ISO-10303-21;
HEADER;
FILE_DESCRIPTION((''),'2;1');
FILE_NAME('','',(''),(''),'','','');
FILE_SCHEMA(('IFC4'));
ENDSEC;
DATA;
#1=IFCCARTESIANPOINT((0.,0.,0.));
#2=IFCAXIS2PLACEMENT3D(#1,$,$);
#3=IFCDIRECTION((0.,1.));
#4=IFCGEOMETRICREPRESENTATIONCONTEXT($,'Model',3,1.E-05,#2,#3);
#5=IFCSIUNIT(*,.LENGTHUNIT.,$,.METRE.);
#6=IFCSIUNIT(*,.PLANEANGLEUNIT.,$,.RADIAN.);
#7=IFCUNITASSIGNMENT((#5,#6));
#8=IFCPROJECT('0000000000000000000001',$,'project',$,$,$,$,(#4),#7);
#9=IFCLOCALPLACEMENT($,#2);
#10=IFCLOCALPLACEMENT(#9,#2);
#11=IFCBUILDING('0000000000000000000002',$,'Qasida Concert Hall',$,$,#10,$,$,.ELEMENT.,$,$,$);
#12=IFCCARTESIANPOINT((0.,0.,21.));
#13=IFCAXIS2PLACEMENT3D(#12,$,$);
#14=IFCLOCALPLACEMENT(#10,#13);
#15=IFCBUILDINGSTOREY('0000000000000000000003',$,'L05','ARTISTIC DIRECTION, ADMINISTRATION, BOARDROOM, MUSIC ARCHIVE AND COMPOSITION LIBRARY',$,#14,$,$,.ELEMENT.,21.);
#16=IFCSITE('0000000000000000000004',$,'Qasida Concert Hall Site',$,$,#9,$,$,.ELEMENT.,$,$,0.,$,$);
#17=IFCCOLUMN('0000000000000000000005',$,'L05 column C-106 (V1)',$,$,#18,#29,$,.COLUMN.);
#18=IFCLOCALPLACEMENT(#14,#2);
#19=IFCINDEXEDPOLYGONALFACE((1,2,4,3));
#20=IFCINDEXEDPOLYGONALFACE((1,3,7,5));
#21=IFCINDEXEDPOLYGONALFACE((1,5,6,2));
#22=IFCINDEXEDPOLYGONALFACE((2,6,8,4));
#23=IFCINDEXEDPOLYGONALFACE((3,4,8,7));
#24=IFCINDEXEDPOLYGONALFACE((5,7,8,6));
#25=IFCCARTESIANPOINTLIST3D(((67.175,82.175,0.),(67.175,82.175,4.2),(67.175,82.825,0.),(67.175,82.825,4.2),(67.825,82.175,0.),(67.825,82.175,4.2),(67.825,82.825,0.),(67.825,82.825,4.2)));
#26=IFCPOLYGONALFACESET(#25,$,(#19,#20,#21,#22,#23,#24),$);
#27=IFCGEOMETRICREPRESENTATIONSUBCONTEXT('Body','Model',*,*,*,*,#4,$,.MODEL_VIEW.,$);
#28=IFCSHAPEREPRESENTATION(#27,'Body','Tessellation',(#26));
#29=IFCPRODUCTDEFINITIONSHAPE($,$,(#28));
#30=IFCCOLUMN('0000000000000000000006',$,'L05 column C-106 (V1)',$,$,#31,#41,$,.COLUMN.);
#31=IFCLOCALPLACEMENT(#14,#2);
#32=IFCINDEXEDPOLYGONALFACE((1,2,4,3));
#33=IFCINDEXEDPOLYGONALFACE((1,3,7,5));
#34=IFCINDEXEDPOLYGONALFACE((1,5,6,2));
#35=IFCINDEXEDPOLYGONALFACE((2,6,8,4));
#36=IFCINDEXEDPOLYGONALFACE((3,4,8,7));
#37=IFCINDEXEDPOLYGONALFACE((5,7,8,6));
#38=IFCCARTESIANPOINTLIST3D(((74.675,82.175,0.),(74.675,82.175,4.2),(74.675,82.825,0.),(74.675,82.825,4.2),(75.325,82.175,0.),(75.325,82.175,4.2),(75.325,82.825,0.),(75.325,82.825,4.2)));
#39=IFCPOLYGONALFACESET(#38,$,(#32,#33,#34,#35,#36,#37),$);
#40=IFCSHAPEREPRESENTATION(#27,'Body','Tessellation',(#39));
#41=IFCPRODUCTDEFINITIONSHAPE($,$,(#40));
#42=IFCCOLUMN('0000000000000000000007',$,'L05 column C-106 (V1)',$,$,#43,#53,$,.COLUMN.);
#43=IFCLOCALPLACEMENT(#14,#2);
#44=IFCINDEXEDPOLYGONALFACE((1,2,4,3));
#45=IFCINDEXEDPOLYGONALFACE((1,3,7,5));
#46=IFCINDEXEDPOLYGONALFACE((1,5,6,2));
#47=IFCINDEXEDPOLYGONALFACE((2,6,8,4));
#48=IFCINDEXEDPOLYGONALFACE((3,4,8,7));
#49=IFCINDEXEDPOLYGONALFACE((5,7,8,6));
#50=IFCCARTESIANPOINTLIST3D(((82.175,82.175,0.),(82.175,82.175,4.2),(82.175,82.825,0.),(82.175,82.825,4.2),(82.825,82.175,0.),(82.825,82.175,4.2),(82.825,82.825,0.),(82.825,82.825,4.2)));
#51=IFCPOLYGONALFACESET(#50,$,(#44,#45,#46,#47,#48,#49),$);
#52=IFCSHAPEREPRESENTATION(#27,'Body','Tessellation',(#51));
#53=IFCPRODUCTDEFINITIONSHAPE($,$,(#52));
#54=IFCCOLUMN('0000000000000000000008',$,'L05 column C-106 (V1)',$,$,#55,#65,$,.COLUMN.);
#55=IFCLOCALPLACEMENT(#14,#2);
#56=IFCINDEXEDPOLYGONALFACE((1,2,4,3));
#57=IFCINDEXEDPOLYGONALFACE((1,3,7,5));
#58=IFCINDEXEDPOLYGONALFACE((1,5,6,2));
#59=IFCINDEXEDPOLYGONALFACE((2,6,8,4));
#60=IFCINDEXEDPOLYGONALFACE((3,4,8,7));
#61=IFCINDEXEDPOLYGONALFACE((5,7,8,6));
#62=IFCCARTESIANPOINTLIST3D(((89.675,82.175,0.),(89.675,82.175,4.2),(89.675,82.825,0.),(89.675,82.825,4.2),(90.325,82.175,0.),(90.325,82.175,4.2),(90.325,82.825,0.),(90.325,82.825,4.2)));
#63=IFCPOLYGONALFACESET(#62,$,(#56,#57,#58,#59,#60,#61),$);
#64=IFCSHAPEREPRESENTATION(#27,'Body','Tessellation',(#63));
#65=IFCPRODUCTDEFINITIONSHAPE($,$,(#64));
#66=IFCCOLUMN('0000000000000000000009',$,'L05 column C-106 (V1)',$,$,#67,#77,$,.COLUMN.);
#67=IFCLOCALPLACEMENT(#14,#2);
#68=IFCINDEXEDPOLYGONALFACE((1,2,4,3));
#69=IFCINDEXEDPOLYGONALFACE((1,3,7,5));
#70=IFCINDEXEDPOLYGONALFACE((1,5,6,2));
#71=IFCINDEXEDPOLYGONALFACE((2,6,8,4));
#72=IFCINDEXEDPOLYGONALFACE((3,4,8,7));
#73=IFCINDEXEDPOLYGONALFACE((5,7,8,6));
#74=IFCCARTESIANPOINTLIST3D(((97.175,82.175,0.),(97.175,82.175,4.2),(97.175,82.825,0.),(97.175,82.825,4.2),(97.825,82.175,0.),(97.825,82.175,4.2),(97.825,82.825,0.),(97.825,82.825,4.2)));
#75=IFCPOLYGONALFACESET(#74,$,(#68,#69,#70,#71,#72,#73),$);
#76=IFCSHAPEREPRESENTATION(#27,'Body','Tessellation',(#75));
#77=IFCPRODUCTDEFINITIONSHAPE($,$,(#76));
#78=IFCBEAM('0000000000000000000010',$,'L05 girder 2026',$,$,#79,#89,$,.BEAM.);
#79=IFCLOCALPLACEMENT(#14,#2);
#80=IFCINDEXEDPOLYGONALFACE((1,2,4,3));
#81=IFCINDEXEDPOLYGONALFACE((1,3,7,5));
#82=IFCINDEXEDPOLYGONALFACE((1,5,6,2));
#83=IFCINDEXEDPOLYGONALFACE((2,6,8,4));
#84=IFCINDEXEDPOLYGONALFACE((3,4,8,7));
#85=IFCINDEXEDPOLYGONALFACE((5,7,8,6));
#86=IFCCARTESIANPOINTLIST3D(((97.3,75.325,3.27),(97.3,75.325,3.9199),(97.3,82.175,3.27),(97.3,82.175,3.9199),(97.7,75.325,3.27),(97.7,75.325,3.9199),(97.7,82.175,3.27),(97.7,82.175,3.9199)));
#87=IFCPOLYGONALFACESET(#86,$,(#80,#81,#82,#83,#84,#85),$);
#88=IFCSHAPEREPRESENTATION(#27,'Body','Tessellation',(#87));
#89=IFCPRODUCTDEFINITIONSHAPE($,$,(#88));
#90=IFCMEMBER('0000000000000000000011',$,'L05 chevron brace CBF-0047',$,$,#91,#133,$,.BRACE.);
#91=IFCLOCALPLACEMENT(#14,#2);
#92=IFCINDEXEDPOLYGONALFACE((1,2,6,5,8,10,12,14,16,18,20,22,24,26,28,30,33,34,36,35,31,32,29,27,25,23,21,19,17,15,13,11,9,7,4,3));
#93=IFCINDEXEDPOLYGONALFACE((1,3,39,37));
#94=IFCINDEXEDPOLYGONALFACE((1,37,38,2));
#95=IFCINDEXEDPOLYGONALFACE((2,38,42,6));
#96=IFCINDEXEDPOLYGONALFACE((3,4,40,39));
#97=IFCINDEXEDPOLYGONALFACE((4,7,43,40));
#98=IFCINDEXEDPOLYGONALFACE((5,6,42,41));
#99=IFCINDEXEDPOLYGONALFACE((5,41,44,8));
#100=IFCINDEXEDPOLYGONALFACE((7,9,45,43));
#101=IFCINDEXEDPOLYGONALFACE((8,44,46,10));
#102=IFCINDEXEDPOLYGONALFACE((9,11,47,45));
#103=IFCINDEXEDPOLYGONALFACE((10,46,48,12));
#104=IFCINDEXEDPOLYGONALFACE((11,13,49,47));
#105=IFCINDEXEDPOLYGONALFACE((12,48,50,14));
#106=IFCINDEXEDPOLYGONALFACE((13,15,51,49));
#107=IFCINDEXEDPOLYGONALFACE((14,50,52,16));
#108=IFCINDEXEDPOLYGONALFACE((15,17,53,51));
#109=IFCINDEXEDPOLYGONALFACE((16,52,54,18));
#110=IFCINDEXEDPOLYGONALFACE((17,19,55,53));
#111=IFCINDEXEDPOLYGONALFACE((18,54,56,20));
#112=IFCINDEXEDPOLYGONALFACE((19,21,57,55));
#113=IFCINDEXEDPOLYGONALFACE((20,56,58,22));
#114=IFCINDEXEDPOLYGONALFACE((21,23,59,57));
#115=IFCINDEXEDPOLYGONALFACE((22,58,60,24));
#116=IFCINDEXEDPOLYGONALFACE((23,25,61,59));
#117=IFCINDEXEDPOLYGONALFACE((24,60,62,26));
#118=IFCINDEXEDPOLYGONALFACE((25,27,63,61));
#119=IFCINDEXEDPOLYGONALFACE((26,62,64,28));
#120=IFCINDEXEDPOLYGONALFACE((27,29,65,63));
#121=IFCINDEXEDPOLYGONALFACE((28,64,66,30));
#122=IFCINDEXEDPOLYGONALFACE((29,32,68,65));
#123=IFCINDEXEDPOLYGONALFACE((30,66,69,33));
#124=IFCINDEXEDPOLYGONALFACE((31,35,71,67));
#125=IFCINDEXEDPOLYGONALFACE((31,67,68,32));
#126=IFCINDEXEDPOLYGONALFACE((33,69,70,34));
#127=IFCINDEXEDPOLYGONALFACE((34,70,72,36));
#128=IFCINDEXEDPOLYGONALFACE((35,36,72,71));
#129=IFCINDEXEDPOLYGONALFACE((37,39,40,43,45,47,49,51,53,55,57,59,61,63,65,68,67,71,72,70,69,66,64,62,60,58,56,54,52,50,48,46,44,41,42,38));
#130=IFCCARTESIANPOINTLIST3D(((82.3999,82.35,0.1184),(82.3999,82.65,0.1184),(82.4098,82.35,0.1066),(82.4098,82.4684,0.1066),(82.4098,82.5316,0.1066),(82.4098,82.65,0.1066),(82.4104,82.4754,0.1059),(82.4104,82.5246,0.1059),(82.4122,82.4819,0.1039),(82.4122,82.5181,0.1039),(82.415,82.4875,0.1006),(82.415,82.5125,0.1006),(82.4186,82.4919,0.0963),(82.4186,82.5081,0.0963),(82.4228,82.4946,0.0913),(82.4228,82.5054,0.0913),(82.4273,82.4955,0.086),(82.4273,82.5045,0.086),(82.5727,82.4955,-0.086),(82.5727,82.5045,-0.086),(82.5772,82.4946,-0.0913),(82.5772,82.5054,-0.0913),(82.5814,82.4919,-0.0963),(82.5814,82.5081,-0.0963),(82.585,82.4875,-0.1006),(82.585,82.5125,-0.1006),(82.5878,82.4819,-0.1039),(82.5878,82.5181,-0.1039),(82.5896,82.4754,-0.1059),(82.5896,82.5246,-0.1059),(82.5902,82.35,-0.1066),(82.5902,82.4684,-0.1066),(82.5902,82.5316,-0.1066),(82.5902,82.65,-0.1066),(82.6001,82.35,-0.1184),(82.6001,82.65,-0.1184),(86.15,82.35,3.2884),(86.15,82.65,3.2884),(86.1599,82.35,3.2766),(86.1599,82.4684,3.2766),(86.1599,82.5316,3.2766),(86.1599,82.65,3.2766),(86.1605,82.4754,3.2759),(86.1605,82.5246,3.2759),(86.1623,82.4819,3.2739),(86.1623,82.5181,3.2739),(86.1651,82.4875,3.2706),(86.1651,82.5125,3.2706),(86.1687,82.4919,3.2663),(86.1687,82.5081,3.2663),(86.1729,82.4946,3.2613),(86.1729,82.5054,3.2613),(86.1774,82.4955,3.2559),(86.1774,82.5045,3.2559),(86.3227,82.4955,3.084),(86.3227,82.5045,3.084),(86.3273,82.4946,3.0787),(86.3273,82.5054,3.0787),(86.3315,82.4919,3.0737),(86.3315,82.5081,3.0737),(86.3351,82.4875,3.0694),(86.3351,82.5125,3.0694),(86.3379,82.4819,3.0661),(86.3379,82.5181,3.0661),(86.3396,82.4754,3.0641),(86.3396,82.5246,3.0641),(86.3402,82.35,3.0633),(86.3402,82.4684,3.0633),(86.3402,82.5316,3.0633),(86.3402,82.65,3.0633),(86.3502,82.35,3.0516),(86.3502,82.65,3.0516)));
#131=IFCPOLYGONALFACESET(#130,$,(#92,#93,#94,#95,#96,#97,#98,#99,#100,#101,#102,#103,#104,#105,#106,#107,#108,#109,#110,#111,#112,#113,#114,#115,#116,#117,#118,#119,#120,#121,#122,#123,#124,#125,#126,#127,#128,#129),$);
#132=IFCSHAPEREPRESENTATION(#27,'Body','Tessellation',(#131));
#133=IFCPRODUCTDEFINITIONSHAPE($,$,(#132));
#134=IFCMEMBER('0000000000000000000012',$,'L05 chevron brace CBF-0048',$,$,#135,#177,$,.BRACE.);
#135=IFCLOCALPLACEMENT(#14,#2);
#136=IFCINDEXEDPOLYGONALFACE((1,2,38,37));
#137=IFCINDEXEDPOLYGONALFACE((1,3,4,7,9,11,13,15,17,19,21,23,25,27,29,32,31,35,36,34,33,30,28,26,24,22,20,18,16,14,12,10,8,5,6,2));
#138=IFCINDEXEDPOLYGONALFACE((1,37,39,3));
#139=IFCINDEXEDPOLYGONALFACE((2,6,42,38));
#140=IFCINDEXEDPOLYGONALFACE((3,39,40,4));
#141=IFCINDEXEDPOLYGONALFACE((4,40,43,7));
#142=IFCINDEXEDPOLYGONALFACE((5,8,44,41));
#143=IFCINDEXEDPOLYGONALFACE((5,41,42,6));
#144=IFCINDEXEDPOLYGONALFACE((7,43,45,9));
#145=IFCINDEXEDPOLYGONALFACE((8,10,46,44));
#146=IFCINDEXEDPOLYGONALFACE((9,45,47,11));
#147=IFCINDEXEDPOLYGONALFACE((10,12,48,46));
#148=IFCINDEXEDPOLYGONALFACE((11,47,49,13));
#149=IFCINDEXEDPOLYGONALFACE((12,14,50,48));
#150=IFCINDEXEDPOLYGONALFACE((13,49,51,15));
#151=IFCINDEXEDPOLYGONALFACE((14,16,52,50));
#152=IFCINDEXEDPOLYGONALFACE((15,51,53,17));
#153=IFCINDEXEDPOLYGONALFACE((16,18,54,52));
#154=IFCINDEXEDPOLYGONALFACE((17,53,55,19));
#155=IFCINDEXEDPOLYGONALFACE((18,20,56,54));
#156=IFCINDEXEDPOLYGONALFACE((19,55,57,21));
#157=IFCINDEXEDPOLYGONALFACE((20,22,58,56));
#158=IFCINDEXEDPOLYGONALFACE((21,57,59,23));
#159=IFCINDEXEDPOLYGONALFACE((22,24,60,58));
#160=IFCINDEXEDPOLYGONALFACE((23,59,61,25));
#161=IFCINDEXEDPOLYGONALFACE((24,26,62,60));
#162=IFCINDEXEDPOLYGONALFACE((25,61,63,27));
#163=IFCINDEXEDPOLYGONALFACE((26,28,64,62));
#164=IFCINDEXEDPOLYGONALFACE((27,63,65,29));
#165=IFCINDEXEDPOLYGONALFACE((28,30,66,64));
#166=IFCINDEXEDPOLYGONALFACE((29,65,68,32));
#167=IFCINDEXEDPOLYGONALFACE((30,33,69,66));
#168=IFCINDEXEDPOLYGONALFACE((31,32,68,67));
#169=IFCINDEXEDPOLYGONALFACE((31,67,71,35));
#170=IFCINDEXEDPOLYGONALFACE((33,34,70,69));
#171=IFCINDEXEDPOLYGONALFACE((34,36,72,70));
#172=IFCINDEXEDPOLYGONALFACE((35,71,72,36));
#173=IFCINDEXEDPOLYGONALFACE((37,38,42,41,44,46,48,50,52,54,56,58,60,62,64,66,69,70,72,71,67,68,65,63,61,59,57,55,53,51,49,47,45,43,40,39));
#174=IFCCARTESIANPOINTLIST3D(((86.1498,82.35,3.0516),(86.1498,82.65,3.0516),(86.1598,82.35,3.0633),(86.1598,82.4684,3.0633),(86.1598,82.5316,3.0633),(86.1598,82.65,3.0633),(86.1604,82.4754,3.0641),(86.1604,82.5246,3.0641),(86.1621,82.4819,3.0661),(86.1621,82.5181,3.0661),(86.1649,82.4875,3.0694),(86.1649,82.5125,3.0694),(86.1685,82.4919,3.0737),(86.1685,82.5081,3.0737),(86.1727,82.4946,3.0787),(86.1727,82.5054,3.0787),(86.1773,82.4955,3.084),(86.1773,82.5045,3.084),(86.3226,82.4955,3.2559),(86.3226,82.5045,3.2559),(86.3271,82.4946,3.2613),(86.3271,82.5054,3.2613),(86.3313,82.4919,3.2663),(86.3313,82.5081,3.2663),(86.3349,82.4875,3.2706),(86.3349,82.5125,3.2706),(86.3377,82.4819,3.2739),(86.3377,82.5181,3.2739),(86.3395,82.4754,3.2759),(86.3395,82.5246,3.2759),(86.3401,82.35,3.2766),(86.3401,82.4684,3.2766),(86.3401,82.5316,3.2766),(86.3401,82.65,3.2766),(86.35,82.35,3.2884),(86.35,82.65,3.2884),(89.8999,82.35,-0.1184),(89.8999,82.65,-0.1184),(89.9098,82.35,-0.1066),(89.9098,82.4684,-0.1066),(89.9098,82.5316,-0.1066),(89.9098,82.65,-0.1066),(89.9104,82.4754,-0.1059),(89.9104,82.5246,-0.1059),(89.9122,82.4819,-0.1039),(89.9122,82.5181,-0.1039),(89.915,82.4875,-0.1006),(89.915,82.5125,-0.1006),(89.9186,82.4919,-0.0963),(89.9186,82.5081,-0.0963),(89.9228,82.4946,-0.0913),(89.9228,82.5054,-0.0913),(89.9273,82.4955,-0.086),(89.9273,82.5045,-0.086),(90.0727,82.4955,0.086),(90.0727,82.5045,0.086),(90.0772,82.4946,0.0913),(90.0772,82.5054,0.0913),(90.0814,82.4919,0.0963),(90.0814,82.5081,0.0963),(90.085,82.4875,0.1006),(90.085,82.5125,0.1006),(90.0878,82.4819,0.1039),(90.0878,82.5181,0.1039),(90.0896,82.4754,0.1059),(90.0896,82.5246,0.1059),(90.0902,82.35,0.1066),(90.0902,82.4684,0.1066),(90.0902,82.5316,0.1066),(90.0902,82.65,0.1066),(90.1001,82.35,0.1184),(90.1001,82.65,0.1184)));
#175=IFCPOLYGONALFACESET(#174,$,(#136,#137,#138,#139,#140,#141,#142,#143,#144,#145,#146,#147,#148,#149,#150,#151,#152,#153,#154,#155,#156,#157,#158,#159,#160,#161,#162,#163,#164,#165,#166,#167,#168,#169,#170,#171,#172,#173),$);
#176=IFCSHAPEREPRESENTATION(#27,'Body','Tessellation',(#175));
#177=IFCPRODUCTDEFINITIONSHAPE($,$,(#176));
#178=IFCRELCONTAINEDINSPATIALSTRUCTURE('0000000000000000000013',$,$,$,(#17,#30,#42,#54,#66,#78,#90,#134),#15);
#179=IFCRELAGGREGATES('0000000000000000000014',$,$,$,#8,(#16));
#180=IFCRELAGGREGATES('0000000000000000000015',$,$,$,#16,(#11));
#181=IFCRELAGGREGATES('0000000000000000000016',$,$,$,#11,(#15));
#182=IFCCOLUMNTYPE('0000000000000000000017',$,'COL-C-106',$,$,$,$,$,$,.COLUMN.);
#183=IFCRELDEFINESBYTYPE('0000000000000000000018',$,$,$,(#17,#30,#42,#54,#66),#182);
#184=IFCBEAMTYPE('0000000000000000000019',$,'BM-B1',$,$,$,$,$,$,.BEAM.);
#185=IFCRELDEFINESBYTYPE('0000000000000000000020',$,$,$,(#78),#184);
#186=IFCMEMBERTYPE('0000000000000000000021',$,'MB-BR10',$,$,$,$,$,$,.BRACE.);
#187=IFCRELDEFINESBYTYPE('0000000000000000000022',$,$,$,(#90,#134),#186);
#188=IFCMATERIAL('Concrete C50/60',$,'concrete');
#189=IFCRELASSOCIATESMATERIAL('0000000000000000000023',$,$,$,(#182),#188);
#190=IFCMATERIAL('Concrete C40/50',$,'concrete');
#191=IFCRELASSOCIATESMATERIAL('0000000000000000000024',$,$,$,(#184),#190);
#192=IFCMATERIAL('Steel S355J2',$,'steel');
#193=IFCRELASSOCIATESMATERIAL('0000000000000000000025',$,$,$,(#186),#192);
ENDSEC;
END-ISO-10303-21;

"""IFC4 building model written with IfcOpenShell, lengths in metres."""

from ifc_helpers import new_model, si_unit, direction, frame, origin, origin_2d, place, context, subcontext, project, spatial, rectangle, i_section, extrude, material, material_profile, profile_set, type_object, element, save


model = new_model("IFC4")

# Units and contexts
model_context = context("Model", 3, precision=1e-05, world=origin(), true_north=direction((0.0, 1.0)))
body_context = subcontext(model_context, "Body", "Model", "MODEL_VIEW")
ifc_project = project(units=[si_unit("LENGTHUNIT", "METRE"), si_unit("PLANEANGLEUNIT", "RADIAN")], contexts=[model_context])

# Site, building, storey
site_placement = place(None, origin())
site = spatial("IfcSite", under=ifc_project, at=site_placement, Name="Qasida Concert Hall Site", CompositionType="ELEMENT", RefElevation=0.0)
building_placement = place(site_placement, origin())
building = spatial("IfcBuilding", under=site, at=building_placement, Name="Qasida Concert Hall", CompositionType="ELEMENT")
storey_placement = place(building_placement, frame((0.0, 0.0, 21.0)))
storey = spatial("IfcBuildingStorey", under=building, at=storey_placement, Name="L05", Description="ARTISTIC DIRECTION, ADMINISTRATION, BOARDROOM, MUSIC ARCHIVE AND COMPOSITION LIBRARY", CompositionType="ELEMENT", Elevation=21.0)

# Columns
ifc_material_1 = material(Name="Concrete C50/60", Category="concrete")
ifc_material_profile_1 = material_profile(ifc_material_1, rectangle(XDim=0.6499, YDim=0.6499, at=origin_2d()), Name="RC 650x650")
ifc_profile_set_1 = profile_set([ifc_material_profile_1], Name="Concrete C50/60")
column_type = type_object("IfcColumnType", Name="COL-C-106", PredefinedType="COLUMN", material=ifc_profile_set_1)
for number, where, z_axis, x_axis, name in (
    (1, (67.5, 82.5, 0.0), (0.0, 0.0, 1.0), (1.0, 0.0, 0.0), "L05 column C-106 (V1)"),
    (2, (75.0, 82.5, 0.0), (0.0, 0.0, 1.0), (1.0, 0.0, 0.0), "L05 column C-106 (V1)"),
    (3, (82.5, 82.5, 0.0), (0.0, 0.0, 1.0), (1.0, 0.0, 0.0), "L05 column C-106 (V1)"),
    (4, (90.0, 82.5, 0.0), (0.0, 0.0, 1.0), (1.0, 0.0, 0.0), "L05 column C-106 (V1)"),
    (5, (97.5, 82.5, 0.0), (0.0, 0.0, 1.0), (1.0, 0.0, 0.0), "L05 column C-106 (V1)"),
):
    element("IfcColumn", number, at=place(storey_placement, frame(where, z_axis=z_axis, x_axis=x_axis)), inside=storey, type_object=column_type, Name=name, PredefinedType="COLUMN", context=body_context, shape_type="SweptSolid", body=[
        extrude(rectangle(XDim=0.6499, YDim=0.6499, at=origin_2d()), origin(), (0.0, 0.0, 1.0), 4.2),
    ])

# Beam
ifc_material_2 = material(Name="Concrete C40/50", Category="concrete")
ifc_material_profile_2 = material_profile(ifc_material_2, rectangle(XDim=0.3999, YDim=0.6499, at=origin_2d()), Name="RC 400x650")
ifc_profile_set_2 = profile_set([ifc_material_profile_2], Name="Concrete C40/50")
beam_type = type_object("IfcBeamType", Name="BM-B1", PredefinedType="BEAM", material=ifc_profile_set_2)
beam_placement = place(storey_placement, frame((97.5, 75.325, 3.595), z_axis=(0.0, 1.0, 0.0), x_axis=(-1.0, 0.0, 0.0)))
element("IfcBeam", 6, at=beam_placement, inside=storey, type_object=beam_type, Name="L05 girder 2026", PredefinedType="BEAM", context=body_context, shape_type="SweptSolid", body=[
    extrude(rectangle(XDim=0.3999, YDim=0.6499, at=origin_2d()), origin(), (0.0, 0.0, 1.0), 6.8501),
])

# Members
ifc_material_3 = material(Name="Steel S355J2", Category="steel")
ifc_material_profile_3 = material_profile(ifc_material_3, i_section(OverallWidth=0.3, OverallDepth=0.3101, WebThickness=0.009, FlangeThickness=0.0154, FilletRadius=0.0271, at=origin_2d()), Name="HEA 320")
ifc_profile_set_3 = profile_set([ifc_material_profile_3], Name="Steel S355J2")
member_type_1 = type_object("IfcMemberType", Name="MB-BR10", PredefinedType="BRACE", material=ifc_profile_set_3)
for number, where, z_axis, x_axis, name in (
    (7, (82.5, 82.5, 0.0), (0.763703, 0.0, 0.645568), (0.0, 1.0, 0.0), "L05 chevron brace CBF-0047"),
    (8, (90.0, 82.5, 0.0), (-0.763703, 0.0, 0.645568), (0.0, -1.0, 0.0), "L05 chevron brace CBF-0048"),
):
    element("IfcMember", number, at=place(storey_placement, frame(where, z_axis=z_axis, x_axis=x_axis)), inside=storey, type_object=member_type_1, Name=name, PredefinedType="BRACE", context=body_context, shape_type="SweptSolid", body=[
        extrude(i_section(OverallWidth=0.3, OverallDepth=0.3101, WebThickness=0.009, FlangeThickness=0.0154, FilletRadius=0.0271, at=origin_2d()), origin(), (0.0, 0.0, 1.0), 4.9104),
    ])

save(model, "model.ifc")
